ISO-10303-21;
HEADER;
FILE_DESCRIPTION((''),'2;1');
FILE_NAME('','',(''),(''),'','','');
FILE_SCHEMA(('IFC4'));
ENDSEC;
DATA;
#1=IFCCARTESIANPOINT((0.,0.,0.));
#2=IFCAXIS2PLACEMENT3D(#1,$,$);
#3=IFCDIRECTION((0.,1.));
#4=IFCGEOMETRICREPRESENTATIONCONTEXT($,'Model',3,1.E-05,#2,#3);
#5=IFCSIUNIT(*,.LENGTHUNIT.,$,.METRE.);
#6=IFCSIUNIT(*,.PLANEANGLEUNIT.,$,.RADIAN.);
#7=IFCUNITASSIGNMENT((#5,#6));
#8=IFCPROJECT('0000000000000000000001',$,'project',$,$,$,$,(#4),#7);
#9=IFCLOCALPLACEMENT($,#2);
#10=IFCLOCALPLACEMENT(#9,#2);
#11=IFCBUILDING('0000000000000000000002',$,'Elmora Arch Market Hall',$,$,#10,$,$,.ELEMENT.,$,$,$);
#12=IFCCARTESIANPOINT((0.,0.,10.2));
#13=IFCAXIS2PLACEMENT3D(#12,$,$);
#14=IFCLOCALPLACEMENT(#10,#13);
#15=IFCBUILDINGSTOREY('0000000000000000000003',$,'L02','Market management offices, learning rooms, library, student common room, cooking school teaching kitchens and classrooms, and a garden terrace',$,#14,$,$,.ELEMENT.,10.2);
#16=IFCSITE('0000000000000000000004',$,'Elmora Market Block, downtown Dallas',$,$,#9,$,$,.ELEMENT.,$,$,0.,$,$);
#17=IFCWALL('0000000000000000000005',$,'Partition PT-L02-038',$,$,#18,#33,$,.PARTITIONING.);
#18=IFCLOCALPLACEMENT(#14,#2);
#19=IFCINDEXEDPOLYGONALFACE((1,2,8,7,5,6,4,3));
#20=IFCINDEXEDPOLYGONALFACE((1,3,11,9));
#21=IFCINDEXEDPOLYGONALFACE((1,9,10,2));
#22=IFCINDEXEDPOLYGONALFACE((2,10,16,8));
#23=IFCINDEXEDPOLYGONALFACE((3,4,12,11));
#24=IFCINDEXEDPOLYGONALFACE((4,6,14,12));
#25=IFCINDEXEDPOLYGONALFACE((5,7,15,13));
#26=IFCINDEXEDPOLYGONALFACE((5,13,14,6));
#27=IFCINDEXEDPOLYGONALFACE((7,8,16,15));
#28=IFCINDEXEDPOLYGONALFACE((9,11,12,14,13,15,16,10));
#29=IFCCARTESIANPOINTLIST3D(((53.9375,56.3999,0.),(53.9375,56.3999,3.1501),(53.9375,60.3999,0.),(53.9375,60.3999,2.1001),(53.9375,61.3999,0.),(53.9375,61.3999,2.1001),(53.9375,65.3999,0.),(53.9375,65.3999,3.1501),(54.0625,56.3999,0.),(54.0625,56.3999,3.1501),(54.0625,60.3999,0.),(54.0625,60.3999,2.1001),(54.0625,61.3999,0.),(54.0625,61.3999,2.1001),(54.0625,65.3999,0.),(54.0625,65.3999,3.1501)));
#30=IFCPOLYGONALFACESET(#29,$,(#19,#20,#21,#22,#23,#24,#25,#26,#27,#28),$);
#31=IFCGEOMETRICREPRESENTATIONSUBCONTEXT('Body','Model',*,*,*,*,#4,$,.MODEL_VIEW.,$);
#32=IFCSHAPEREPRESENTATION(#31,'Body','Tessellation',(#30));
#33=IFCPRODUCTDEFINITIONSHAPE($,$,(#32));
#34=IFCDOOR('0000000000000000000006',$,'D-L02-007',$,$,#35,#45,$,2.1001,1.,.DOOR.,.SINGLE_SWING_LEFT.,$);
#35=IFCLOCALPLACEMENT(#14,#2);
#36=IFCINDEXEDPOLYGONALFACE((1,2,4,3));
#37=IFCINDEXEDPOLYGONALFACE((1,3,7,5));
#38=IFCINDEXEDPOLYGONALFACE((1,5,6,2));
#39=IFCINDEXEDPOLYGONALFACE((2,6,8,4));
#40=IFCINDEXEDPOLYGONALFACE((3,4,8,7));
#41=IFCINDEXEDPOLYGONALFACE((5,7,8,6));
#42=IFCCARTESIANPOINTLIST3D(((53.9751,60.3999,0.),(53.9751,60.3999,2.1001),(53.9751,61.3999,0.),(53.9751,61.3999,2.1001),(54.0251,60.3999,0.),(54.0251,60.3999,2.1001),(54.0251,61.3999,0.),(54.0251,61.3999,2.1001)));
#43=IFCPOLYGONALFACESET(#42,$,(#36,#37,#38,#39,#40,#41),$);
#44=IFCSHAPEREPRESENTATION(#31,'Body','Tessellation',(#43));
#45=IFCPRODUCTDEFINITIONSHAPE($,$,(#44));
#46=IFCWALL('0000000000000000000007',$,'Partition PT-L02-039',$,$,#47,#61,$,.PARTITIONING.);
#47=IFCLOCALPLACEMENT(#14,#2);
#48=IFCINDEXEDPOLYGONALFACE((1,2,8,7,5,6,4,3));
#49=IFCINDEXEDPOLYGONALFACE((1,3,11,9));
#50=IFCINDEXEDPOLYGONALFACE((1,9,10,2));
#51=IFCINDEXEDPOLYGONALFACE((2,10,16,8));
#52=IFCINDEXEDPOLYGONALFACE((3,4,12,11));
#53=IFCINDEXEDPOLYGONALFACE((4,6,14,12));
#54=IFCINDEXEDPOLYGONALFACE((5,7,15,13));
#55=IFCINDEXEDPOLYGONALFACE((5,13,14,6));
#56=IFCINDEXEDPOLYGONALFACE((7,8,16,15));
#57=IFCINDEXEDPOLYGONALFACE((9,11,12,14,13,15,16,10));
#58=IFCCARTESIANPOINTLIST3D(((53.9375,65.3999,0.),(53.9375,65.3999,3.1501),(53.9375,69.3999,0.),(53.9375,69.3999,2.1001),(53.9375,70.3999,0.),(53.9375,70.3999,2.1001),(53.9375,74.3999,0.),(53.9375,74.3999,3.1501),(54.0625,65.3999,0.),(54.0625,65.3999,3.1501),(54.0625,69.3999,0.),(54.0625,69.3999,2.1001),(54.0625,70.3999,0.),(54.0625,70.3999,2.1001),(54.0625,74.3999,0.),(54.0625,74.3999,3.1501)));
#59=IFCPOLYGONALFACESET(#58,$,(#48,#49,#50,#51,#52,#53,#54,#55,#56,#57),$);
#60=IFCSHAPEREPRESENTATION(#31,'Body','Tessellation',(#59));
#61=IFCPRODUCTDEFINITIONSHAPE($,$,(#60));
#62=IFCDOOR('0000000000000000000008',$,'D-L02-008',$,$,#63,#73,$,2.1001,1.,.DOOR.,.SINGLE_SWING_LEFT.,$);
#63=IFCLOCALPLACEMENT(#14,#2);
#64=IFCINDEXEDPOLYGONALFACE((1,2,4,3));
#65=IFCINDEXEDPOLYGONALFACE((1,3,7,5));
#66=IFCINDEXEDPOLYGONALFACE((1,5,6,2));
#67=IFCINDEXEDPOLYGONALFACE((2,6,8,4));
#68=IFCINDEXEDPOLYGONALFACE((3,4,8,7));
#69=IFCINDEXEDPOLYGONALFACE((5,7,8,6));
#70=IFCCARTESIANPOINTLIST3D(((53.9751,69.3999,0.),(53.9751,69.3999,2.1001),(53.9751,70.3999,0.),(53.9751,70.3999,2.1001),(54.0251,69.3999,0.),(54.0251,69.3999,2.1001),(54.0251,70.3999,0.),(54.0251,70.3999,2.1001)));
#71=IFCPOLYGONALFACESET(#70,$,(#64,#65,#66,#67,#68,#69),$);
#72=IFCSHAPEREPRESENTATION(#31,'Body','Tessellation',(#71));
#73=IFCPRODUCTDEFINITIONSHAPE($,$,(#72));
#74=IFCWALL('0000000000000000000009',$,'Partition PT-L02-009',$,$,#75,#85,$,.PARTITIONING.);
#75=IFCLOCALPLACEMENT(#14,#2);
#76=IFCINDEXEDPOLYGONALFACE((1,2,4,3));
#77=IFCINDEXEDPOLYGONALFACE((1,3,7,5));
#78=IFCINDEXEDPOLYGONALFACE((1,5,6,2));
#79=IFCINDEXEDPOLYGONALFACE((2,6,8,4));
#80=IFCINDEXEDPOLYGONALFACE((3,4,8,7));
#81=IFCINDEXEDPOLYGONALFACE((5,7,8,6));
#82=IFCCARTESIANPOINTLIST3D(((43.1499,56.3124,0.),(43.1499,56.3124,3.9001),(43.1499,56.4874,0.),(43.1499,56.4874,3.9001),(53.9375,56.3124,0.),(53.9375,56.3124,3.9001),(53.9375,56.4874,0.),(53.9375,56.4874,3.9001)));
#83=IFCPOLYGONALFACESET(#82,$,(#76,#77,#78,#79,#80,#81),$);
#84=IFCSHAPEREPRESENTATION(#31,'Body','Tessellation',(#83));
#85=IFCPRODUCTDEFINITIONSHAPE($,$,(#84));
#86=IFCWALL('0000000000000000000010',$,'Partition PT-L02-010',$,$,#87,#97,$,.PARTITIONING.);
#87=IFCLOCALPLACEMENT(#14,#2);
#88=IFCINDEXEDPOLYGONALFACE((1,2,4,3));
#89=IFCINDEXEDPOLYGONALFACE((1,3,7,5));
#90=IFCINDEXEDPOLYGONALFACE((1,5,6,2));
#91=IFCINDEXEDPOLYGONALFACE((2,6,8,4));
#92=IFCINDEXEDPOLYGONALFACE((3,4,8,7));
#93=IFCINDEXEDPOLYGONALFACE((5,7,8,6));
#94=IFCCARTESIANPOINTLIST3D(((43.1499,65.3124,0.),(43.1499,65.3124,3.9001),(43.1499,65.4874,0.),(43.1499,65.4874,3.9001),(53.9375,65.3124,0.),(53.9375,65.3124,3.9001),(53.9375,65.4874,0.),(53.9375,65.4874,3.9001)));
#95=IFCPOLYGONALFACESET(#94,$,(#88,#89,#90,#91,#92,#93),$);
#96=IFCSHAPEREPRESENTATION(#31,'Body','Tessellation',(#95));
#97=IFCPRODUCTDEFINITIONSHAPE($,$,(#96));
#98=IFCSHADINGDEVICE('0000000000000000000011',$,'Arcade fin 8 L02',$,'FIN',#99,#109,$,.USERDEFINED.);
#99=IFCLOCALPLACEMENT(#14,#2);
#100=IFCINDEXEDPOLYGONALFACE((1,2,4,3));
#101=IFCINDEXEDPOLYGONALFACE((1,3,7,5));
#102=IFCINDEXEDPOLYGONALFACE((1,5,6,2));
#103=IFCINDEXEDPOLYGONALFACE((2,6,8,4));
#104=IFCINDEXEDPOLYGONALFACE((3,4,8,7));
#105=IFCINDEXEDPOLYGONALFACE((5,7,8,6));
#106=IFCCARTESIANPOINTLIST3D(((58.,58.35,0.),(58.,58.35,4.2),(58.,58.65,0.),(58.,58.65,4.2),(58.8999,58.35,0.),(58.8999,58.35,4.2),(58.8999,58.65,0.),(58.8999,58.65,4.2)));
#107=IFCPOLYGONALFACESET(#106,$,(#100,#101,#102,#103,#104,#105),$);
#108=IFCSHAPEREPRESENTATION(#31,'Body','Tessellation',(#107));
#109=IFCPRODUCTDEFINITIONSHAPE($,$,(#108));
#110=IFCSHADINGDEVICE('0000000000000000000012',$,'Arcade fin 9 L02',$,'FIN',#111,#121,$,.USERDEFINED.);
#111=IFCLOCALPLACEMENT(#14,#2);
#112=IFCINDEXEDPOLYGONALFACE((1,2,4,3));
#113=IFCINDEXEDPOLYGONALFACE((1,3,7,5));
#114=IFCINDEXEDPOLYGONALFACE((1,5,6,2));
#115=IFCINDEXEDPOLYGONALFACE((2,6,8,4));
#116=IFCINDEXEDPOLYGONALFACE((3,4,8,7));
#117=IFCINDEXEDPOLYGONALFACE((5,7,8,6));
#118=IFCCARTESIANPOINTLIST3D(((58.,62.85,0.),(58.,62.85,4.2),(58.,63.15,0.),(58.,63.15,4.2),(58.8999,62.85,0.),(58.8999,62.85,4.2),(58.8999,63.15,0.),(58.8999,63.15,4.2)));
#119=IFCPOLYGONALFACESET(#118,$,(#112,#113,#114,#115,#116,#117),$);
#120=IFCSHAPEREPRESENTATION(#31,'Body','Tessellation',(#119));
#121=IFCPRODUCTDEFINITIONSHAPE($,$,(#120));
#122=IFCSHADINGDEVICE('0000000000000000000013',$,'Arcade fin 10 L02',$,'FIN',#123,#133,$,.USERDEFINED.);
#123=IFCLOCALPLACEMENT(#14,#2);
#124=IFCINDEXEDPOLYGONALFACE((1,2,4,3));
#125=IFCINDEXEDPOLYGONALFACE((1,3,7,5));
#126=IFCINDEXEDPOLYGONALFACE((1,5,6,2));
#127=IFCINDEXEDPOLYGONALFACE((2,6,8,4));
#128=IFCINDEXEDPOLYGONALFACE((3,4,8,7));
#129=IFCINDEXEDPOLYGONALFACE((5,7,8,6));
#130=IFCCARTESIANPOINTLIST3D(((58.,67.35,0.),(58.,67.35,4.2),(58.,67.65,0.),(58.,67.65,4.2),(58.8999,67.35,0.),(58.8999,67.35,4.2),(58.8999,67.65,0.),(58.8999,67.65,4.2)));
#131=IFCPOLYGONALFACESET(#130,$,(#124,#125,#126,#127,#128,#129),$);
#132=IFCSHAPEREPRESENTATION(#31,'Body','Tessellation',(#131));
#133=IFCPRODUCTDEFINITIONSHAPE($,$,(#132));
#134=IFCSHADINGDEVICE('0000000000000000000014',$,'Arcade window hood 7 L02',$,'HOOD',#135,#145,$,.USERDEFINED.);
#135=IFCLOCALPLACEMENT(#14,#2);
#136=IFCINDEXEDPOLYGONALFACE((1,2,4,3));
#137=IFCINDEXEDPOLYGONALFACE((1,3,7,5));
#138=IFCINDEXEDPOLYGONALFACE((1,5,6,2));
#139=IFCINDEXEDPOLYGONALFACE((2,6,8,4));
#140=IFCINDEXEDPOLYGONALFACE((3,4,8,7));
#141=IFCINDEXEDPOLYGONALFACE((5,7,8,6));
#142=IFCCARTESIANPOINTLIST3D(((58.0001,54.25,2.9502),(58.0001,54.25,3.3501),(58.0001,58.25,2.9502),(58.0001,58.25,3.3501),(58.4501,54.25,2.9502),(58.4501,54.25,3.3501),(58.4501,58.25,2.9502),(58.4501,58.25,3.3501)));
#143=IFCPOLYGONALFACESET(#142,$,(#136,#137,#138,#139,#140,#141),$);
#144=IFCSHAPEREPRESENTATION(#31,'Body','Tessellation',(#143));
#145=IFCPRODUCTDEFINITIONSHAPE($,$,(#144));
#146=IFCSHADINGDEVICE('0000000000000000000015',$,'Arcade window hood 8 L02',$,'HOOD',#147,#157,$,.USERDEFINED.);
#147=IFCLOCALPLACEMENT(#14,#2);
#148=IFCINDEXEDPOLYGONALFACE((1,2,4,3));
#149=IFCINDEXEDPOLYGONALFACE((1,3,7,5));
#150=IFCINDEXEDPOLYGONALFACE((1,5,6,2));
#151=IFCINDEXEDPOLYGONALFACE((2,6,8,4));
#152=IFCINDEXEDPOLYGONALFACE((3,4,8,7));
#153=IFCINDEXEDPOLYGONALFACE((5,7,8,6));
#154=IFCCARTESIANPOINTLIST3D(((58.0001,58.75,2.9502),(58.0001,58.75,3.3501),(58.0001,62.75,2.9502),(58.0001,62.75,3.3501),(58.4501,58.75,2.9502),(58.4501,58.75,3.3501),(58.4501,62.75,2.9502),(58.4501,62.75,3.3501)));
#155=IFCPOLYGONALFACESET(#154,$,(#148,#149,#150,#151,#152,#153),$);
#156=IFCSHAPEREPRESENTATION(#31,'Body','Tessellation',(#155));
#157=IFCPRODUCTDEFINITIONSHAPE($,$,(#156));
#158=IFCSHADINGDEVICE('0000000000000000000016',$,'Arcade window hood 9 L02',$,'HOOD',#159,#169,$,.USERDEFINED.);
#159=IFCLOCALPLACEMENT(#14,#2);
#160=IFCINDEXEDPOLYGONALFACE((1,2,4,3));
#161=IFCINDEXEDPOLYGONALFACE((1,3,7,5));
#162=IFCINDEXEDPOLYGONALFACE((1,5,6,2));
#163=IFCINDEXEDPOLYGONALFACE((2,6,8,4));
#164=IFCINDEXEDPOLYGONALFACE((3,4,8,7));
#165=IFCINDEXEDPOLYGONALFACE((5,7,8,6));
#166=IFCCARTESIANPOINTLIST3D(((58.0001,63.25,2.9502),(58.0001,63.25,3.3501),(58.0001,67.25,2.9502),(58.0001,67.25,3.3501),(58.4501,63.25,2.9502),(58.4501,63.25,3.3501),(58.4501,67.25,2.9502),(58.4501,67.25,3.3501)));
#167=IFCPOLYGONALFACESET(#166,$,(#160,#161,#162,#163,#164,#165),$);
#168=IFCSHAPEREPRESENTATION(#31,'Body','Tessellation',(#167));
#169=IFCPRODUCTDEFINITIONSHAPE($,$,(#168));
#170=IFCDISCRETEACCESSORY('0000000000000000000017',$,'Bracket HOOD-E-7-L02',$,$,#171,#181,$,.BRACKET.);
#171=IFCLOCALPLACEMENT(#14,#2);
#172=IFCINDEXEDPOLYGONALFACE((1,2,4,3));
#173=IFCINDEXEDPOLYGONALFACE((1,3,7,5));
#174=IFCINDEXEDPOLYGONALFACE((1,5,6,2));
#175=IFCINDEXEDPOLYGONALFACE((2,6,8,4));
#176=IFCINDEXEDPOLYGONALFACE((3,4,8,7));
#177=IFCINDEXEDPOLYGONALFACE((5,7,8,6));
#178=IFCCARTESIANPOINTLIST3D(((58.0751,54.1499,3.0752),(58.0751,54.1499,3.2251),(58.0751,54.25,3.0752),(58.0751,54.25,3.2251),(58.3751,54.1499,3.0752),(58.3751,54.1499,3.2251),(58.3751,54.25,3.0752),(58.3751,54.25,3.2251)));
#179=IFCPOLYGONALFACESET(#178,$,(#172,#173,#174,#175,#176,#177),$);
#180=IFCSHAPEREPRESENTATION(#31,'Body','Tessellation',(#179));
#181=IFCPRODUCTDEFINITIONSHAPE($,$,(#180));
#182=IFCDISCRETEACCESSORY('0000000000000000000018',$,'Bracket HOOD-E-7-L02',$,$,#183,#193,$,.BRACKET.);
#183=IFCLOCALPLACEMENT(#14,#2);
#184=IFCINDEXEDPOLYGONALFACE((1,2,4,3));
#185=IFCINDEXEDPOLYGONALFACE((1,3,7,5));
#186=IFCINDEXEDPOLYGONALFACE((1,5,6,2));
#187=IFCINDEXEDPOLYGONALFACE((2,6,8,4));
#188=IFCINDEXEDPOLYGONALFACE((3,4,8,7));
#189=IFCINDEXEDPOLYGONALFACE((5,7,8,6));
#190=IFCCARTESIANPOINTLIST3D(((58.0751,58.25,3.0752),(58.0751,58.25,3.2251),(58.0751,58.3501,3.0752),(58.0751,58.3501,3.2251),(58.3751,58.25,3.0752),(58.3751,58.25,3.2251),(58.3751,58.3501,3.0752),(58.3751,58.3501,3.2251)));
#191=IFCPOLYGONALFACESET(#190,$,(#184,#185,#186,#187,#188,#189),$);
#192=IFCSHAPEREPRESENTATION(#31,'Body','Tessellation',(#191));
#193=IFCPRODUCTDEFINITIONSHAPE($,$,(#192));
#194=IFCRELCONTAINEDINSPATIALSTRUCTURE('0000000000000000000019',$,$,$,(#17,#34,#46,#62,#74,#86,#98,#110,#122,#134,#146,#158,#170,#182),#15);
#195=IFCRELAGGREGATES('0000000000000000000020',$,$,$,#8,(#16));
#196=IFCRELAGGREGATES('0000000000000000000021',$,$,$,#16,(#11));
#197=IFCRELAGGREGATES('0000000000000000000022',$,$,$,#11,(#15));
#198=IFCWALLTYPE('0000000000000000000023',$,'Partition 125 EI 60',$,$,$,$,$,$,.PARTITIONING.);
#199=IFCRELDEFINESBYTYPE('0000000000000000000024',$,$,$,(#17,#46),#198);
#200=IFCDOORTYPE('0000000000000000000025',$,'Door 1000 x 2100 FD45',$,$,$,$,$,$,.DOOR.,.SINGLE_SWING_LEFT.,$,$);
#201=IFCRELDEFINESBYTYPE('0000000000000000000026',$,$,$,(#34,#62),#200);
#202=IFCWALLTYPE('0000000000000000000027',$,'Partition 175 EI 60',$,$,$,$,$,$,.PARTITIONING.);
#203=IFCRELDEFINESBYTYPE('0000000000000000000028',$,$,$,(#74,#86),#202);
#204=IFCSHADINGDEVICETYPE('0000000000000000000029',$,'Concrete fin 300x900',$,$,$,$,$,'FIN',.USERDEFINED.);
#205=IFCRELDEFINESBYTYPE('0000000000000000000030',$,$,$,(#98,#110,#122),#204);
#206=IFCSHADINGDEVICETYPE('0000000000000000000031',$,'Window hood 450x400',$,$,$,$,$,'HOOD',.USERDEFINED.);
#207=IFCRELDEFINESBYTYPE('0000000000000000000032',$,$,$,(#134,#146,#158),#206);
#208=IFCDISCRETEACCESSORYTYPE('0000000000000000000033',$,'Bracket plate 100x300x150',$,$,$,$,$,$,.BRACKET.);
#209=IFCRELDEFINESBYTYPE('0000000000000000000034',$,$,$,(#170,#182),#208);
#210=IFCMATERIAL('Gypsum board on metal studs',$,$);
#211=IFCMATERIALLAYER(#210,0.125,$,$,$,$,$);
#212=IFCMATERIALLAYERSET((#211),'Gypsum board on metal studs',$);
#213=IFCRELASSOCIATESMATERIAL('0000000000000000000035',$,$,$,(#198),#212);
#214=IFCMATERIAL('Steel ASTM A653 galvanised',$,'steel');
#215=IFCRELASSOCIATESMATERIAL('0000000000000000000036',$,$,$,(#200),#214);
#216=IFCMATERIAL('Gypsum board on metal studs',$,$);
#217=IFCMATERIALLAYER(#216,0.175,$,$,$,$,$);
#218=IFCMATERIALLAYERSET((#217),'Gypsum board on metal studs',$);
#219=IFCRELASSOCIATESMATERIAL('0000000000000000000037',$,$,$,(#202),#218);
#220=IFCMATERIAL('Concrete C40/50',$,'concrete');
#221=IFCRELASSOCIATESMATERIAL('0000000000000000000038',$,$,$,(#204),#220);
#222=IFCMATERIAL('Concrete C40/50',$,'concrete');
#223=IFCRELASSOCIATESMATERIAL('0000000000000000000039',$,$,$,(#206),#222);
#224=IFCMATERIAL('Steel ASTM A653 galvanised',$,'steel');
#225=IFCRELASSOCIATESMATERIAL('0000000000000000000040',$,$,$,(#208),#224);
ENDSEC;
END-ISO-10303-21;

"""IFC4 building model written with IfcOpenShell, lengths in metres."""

from ifc_helpers import new_model, si_unit, direction, frame, frame_2d, origin, origin_2d, place, context, subcontext, project, spatial, rectangle, extrude, material, layer, layer_set, type_object, element, fill, save


model = new_model("IFC4")

# Units and contexts
model_context = context("Model", 3, precision=1e-05, world=origin(), true_north=direction((0.0, 1.0)))
body_context = subcontext(model_context, "Body", "Model", "MODEL_VIEW")
ifc_project = project(units=[si_unit("LENGTHUNIT", "METRE"), si_unit("PLANEANGLEUNIT", "RADIAN")], contexts=[model_context])

# Site, building, storey
site_placement = place(None, origin())
site = spatial("IfcSite", under=ifc_project, at=site_placement, Name="Elmora Market Block, downtown Dallas", CompositionType="ELEMENT", RefElevation=0.0)
building_placement = place(site_placement, origin())
building = spatial("IfcBuilding", under=site, at=building_placement, Name="Elmora Arch Market Hall", CompositionType="ELEMENT")
storey_placement = place(building_placement, frame((0.0, 0.0, 10.2)))
storey = spatial("IfcBuildingStorey", under=building, at=storey_placement, Name="L02", Description="Market management offices, learning rooms, library, student common room, cooking school teaching kitchens and classrooms, and a garden terrace", CompositionType="ELEMENT", Elevation=10.2)

# Walls, openings, doors
ifc_material_1 = material(Name="Gypsum board on metal studs")
ifc_layer_1 = layer(ifc_material_1, 0.125)
ifc_layer_set_1 = layer_set([ifc_layer_1], Name="Gypsum board on metal studs")
wall_type_1 = type_object("IfcWallType", Name="Partition 125 EI 60", PredefinedType="PARTITIONING", material=ifc_layer_set_1)
wall_1_placement = place(storey_placement, frame((54.0, 56.3999, 0.0), z_axis=(0.0, 0.0, 1.0), x_axis=(0.0, 1.0, 0.0)))
wall_1 = element("IfcWall", 1, at=wall_1_placement, inside=storey, type_object=wall_type_1, Name="Partition PT-L02-038", PredefinedType="PARTITIONING", context=body_context, shape_type="SweptSolid", body=[
    extrude(rectangle(XDim=9.0, YDim=0.125, at=frame_2d((4.5, 0.0))), origin(), (0.0, 0.0, 1.0), 3.1501),
])
opening_1_placement = place(wall_1_placement, frame((4.0, 0.0, 0.0)))
opening_1 = element("IfcOpeningElement", 2, at=opening_1_placement, cuts=wall_1, PredefinedType="OPENING", context=body_context, shape_type="SweptSolid", body=[
    extrude(rectangle(XDim=1.0, YDim=2.1001, at=frame_2d((0.5, 1.05))), frame((0.0, 0.0725, 0.0), z_axis=(0.0, -1.0, 0.0), x_axis=(1.0, 0.0, 0.0)), (0.0, 0.0, 1.0), 0.145),
])
ifc_material_2 = material(Name="Steel ASTM A653 galvanised", Category="steel")
door_type = type_object("IfcDoorType", Name="Door 1000 x 2100 FD45", OperationType="SINGLE_SWING_LEFT", PredefinedType="DOOR", material=ifc_material_2)
door_1_placement = place(opening_1_placement, origin())
door_1 = element("IfcDoor", 3, at=door_1_placement, inside=storey, type_object=door_type, Name="D-L02-007", OperationType="SINGLE_SWING_LEFT", OverallHeight=2.1001, OverallWidth=1.0, PredefinedType="DOOR", context=body_context, shape_type="SweptSolid", body=[
    extrude(rectangle(XDim=1.0, YDim=2.1001, at=frame_2d((0.5, 1.05))), frame((0.0, 0.0249, 0.0), z_axis=(0.0, -1.0, 0.0), x_axis=(1.0, 0.0, 0.0)), (0.0, 0.0, 1.0), 0.05),
])
fill(opening_1, door_1)
wall_2_placement = place(storey_placement, frame((54.0, 65.3999, 0.0), z_axis=(0.0, 0.0, 1.0), x_axis=(0.0, 1.0, 0.0)))
wall_2 = element("IfcWall", 4, at=wall_2_placement, inside=storey, type_object=wall_type_1, Name="Partition PT-L02-039", PredefinedType="PARTITIONING", context=body_context, shape_type="SweptSolid", body=[
    extrude(rectangle(XDim=9.0, YDim=0.125, at=frame_2d((4.5, 0.0))), origin(), (0.0, 0.0, 1.0), 3.1501),
])
opening_2_placement = place(wall_2_placement, frame((4.0, 0.0, 0.0)))
opening_2 = element("IfcOpeningElement", 5, at=opening_2_placement, cuts=wall_2, PredefinedType="OPENING", context=body_context, shape_type="SweptSolid", body=[
    extrude(rectangle(XDim=1.0, YDim=2.1001, at=frame_2d((0.5, 1.05))), frame((0.0, 0.0725, 0.0), z_axis=(0.0, -1.0, 0.0), x_axis=(1.0, 0.0, 0.0)), (0.0, 0.0, 1.0), 0.145),
])
door_2_placement = place(opening_2_placement, origin())
door_2 = element("IfcDoor", 6, at=door_2_placement, inside=storey, type_object=door_type, Name="D-L02-008", OperationType="SINGLE_SWING_LEFT", OverallHeight=2.1001, OverallWidth=1.0, PredefinedType="DOOR", context=body_context, shape_type="SweptSolid", body=[
    extrude(rectangle(XDim=1.0, YDim=2.1001, at=frame_2d((0.5, 1.05))), frame((0.0, 0.0249, 0.0), z_axis=(0.0, -1.0, 0.0), x_axis=(1.0, 0.0, 0.0)), (0.0, 0.0, 1.0), 0.05),
])
fill(opening_2, door_2)

# Walls
ifc_material_3 = material(Name="Gypsum board on metal studs")
ifc_layer_2 = layer(ifc_material_3, 0.175)
ifc_layer_set_2 = layer_set([ifc_layer_2], Name="Gypsum board on metal studs")
wall_type_2 = type_object("IfcWallType", Name="Partition 175 EI 60", PredefinedType="PARTITIONING", material=ifc_layer_set_2)
for number, where, z_axis, x_axis, name in (
    (7, (43.1499, 56.3999, 0.0), (0.0, 0.0, 1.0), (1.0, 0.0, 0.0), "Partition PT-L02-009"),
    (8, (43.1499, 65.3999, 0.0), (0.0, 0.0, 1.0), (1.0, 0.0, 0.0), "Partition PT-L02-010"),
):
    element("IfcWall", number, at=place(storey_placement, frame(where, z_axis=z_axis, x_axis=x_axis)), inside=storey, type_object=wall_type_2, Name=name, PredefinedType="PARTITIONING", context=body_context, shape_type="SweptSolid", body=[
        extrude(rectangle(XDim=10.7876, YDim=0.175, at=frame_2d((5.3938, 0.0))), origin(), (0.0, 0.0, 1.0), 3.9001),
    ])

# Shading devices
ifc_material_4 = material(Name="Concrete C40/50", Category="concrete")
shading_device_type_1 = type_object("IfcShadingDeviceType", Name="Concrete fin 300x900", ElementType="FIN", PredefinedType="USERDEFINED", material=ifc_material_4)
for number, where, z_axis, x_axis, name in (
    (9, (58.45, 58.5, 0.0), (0.0, 0.0, 1.0), (1.0, 0.0, 0.0), "Arcade fin 8 L02"),
    (10, (58.45, 63.0, 0.0), (0.0, 0.0, 1.0), (1.0, 0.0, 0.0), "Arcade fin 9 L02"),
    (11, (58.45, 67.5, 0.0), (0.0, 0.0, 1.0), (1.0, 0.0, 0.0), "Arcade fin 10 L02"),
):
    element("IfcShadingDevice", number, at=place(storey_placement, frame(where, z_axis=z_axis, x_axis=x_axis)), inside=storey, type_object=shading_device_type_1, Name=name, ObjectType="FIN", PredefinedType="USERDEFINED", context=body_context, shape_type="SweptSolid", body=[
        extrude(rectangle(XDim=0.8999, YDim=0.3, at=origin_2d()), origin(), (0.0, 0.0, 1.0), 4.2),
    ])
ifc_material_5 = material(Name="Concrete C40/50", Category="concrete")
shading_device_type_2 = type_object("IfcShadingDeviceType", Name="Window hood 450x400", ElementType="HOOD", PredefinedType="USERDEFINED", material=ifc_material_5)
for number, where, z_axis, x_axis, name in (
    (12, (58.2251, 56.25, 2.9502), (0.0, 0.0, 1.0), (1.0, 0.0, 0.0), "Arcade window hood 7 L02"),
    (13, (58.2251, 60.75, 2.9502), (0.0, 0.0, 1.0), (1.0, 0.0, 0.0), "Arcade window hood 8 L02"),
    (14, (58.2251, 65.25, 2.9502), (0.0, 0.0, 1.0), (1.0, 0.0, 0.0), "Arcade window hood 9 L02"),
):
    element("IfcShadingDevice", number, at=place(storey_placement, frame(where, z_axis=z_axis, x_axis=x_axis)), inside=storey, type_object=shading_device_type_2, Name=name, ObjectType="HOOD", PredefinedType="USERDEFINED", context=body_context, shape_type="SweptSolid", body=[
        extrude(rectangle(XDim=0.45, YDim=4.0, at=origin_2d()), origin(), (0.0, 0.0, 1.0), 0.3999),
    ])

# Discrete accessories
ifc_material_6 = material(Name="Steel ASTM A653 galvanised", Category="steel")
discrete_accessory_type = type_object("IfcDiscreteAccessoryType", Name="Bracket plate 100x300x150", PredefinedType="BRACKET", material=ifc_material_6)
for number, where, z_axis, x_axis, name in (
    (15, (58.2251, 54.2, 3.0752), (0.0, 0.0, 1.0), (1.0, 0.0, 0.0), "Bracket HOOD-E-7-L02"),
    (16, (58.2251, 58.3, 3.0752), (0.0, 0.0, 1.0), (1.0, 0.0, 0.0), "Bracket HOOD-E-7-L02"),
):
    element("IfcDiscreteAccessory", number, at=place(storey_placement, frame(where, z_axis=z_axis, x_axis=x_axis)), inside=storey, type_object=discrete_accessory_type, Name=name, PredefinedType="BRACKET", context=body_context, shape_type="SweptSolid", body=[
        extrude(rectangle(XDim=0.3, YDim=0.1001, at=origin_2d()), origin(), (0.0, 0.0, 1.0), 0.1499),
    ])

save(model, "model.ifc")
